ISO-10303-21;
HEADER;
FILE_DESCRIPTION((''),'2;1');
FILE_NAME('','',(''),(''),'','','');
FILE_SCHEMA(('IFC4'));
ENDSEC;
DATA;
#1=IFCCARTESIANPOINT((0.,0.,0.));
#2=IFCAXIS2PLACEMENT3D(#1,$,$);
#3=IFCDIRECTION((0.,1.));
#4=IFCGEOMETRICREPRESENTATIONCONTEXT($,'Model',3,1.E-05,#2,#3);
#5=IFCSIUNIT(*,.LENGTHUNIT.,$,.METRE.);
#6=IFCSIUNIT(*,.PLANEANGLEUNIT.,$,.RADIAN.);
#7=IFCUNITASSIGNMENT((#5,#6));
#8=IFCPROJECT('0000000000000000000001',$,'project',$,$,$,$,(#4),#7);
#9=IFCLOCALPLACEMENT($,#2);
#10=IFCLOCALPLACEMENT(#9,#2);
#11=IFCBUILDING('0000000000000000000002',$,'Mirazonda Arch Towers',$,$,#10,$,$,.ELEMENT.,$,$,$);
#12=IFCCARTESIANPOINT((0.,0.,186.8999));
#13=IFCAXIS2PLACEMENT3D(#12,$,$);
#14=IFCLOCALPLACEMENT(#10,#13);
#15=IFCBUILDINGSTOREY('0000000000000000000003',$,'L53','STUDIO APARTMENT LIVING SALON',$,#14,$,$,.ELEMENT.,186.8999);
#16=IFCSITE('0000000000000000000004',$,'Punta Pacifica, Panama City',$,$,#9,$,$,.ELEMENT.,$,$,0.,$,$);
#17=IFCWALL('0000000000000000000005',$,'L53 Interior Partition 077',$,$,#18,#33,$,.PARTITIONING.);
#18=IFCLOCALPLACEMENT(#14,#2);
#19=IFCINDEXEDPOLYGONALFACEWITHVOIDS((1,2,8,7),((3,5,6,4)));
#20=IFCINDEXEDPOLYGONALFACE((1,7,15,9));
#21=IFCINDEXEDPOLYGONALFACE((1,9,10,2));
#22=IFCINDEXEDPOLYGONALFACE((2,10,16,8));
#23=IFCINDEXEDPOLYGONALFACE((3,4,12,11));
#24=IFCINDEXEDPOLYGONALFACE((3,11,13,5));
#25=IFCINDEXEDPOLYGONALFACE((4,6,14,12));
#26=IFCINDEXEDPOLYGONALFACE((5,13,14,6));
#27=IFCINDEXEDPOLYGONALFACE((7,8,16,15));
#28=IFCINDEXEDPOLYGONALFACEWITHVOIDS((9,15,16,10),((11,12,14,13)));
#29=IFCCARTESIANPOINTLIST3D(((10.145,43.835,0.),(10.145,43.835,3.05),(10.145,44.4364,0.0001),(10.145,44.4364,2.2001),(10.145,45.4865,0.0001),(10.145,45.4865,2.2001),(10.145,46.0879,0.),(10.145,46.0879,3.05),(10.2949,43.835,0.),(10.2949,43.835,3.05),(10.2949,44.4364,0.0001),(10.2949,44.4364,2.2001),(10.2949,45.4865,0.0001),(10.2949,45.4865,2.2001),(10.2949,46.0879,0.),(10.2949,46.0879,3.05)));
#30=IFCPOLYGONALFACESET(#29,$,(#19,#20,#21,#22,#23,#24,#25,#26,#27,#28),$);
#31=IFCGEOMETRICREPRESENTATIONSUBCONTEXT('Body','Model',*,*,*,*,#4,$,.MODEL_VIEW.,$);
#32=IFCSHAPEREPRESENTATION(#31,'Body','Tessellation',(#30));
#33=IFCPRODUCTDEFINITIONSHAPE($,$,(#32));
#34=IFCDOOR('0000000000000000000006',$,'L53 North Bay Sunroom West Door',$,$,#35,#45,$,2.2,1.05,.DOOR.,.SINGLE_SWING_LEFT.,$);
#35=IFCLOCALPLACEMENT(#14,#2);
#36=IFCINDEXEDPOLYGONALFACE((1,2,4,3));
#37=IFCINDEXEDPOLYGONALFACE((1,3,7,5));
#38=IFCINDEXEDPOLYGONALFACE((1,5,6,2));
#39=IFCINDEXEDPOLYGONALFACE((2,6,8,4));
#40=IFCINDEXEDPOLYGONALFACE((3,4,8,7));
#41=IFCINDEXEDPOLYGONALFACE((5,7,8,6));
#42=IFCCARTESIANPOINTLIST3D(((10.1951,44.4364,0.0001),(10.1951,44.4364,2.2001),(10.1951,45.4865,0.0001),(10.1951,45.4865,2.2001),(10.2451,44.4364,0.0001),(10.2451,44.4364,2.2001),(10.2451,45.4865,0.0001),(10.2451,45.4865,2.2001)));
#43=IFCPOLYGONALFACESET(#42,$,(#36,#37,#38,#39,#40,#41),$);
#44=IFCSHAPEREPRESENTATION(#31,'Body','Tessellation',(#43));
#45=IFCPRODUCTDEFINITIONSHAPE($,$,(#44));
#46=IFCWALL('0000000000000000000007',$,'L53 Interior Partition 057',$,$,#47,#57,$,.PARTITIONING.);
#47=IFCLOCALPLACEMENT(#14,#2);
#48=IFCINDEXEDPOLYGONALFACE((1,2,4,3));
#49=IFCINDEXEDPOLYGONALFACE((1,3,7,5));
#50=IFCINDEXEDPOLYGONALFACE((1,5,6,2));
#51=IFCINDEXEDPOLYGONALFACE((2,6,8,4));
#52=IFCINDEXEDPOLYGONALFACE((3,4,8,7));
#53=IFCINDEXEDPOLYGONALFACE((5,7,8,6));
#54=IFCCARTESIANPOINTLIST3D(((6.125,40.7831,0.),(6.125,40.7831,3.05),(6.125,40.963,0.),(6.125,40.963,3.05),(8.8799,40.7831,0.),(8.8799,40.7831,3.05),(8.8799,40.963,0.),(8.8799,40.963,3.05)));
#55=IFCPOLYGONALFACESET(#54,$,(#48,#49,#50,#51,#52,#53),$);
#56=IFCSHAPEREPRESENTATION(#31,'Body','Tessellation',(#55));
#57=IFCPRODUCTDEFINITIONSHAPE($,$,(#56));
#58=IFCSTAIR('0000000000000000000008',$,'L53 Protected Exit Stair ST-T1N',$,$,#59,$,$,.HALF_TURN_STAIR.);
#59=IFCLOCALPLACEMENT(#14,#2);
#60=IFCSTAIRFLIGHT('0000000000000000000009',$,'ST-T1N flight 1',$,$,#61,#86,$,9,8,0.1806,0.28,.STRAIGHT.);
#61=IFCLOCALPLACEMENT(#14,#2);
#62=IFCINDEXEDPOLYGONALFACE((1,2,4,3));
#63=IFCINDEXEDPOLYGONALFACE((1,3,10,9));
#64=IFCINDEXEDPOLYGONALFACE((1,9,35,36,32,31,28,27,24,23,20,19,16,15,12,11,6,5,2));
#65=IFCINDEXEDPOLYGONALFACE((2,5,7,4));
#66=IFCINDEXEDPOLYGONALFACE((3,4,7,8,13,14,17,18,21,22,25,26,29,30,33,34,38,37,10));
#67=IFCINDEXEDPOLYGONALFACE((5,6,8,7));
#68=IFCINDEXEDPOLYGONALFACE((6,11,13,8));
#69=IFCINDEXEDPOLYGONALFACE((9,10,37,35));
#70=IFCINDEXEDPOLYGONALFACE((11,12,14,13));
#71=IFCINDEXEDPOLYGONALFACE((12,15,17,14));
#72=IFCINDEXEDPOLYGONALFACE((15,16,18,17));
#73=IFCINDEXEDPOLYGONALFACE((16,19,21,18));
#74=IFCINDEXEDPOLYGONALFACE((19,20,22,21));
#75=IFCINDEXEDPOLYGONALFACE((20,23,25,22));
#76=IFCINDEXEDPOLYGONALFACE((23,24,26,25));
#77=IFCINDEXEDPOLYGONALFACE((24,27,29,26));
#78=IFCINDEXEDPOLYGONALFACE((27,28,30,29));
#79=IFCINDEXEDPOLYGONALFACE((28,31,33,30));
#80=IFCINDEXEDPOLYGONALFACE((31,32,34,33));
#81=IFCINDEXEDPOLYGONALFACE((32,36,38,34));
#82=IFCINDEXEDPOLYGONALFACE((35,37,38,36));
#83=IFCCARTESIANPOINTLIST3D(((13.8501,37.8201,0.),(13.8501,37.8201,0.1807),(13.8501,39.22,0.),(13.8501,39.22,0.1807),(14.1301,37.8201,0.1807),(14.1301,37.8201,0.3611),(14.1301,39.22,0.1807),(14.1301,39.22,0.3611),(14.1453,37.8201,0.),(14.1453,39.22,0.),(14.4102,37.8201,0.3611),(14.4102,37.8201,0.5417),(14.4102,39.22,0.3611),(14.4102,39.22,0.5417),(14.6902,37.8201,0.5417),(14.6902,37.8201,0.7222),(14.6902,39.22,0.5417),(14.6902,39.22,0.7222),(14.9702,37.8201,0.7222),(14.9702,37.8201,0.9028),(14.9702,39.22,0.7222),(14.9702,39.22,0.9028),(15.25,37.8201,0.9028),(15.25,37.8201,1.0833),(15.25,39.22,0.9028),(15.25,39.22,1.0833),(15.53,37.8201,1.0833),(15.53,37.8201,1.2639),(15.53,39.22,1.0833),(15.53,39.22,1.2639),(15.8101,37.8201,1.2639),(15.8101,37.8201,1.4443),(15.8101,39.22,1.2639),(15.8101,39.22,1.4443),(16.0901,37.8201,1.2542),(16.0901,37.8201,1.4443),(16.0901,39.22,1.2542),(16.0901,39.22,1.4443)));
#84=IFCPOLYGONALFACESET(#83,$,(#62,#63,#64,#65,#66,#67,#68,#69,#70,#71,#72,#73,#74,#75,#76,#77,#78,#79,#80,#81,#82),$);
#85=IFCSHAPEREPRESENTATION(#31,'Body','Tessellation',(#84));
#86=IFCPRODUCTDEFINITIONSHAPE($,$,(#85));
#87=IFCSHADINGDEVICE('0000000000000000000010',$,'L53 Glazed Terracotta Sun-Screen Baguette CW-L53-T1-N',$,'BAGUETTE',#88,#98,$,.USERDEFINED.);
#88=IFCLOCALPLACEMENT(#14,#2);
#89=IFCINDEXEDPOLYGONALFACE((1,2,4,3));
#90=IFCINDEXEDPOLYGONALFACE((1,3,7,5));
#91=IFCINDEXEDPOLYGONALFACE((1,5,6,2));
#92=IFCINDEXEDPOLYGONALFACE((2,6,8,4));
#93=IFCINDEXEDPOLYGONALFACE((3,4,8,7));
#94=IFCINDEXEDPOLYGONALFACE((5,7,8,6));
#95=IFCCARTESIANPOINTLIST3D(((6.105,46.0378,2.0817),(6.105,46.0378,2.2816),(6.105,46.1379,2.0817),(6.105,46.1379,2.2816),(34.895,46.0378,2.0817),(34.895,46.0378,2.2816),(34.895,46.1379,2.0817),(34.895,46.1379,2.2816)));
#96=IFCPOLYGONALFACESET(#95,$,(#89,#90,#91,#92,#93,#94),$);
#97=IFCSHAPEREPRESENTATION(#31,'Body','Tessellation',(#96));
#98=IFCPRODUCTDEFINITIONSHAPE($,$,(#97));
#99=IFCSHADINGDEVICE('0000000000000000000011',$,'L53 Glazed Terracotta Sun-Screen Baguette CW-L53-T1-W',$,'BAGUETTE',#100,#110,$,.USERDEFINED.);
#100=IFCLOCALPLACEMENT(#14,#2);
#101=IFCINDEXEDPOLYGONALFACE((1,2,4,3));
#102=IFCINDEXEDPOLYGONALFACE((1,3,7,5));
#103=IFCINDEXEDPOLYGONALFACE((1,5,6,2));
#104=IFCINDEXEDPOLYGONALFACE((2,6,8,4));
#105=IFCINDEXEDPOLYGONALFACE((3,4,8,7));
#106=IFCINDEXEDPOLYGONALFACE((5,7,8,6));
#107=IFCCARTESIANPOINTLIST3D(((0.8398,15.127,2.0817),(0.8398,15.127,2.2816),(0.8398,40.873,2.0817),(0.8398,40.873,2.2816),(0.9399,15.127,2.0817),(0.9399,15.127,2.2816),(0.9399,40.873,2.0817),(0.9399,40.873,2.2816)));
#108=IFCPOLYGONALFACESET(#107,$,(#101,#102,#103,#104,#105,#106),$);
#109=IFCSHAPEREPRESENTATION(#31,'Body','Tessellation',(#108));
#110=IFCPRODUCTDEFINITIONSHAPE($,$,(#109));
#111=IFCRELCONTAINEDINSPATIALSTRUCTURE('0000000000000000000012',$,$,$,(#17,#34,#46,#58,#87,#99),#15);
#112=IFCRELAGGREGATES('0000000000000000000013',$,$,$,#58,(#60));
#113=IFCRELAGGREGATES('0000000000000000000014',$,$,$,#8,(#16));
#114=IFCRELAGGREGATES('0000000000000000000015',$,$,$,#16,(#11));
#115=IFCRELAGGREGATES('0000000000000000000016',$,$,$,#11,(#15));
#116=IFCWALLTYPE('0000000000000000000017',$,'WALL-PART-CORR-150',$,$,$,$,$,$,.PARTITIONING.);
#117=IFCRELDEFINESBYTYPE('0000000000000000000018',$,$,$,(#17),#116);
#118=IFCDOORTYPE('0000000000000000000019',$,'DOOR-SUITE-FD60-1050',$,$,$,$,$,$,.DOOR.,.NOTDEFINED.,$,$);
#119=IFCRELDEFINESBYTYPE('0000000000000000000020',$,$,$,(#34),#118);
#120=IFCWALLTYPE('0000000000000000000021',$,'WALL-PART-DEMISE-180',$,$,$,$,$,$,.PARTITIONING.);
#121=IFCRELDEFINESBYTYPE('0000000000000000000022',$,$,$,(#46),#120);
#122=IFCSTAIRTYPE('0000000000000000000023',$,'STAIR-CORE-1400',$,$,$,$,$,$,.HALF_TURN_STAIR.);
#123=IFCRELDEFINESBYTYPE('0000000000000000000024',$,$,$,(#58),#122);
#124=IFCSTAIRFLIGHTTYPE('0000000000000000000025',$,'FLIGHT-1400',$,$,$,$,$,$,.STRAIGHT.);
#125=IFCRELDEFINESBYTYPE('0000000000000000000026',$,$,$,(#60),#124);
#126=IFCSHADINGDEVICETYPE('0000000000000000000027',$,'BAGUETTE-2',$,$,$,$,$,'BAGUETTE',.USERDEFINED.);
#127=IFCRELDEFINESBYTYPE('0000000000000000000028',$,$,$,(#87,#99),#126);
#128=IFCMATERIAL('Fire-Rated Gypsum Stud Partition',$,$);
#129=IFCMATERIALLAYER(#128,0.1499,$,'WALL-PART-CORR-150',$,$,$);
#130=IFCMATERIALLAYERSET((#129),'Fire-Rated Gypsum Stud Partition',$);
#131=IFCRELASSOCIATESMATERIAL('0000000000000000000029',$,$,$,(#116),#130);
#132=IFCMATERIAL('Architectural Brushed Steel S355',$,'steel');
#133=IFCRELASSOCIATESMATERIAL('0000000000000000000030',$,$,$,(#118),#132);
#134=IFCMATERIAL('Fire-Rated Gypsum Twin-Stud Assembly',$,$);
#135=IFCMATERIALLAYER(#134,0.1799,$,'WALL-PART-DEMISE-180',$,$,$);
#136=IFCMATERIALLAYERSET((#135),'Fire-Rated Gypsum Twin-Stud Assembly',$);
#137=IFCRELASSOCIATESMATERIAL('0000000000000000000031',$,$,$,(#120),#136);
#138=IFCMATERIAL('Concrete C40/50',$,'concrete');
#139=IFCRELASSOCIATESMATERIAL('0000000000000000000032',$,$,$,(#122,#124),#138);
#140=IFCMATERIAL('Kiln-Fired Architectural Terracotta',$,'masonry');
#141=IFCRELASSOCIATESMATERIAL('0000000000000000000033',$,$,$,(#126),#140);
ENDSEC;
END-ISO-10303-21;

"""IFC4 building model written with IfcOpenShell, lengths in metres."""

from ifc_helpers import new_model, si_unit, direction, frame, frame_2d, origin, origin_2d, place, context, subcontext, project, spatial, polyline, rectangle, outline, extrude, material, layer, layer_set, material_profile, profile_set, type_object, element, fill, aggregate, save


model = new_model("IFC4")

# Units and contexts
model_context = context("Model", 3, precision=1e-05, world=origin(), true_north=direction((0.0, 1.0)))
body_context = subcontext(model_context, "Body", "Model", "MODEL_VIEW")
ifc_project = project(units=[si_unit("LENGTHUNIT", "METRE"), si_unit("PLANEANGLEUNIT", "RADIAN")], contexts=[model_context])

# Site, building, storey
site_placement = place(None, origin())
site = spatial("IfcSite", under=ifc_project, at=site_placement, Name="Punta Pacifica, Panama City", CompositionType="ELEMENT", RefElevation=0.0)
building_placement = place(site_placement, origin())
building = spatial("IfcBuilding", under=site, at=building_placement, Name="Mirazonda Arch Towers", CompositionType="ELEMENT")
storey_placement = place(building_placement, frame((0.0, 0.0, 186.8999)))
storey = spatial("IfcBuildingStorey", under=building, at=storey_placement, Name="L53", Description="STUDIO APARTMENT LIVING SALON", CompositionType="ELEMENT", Elevation=186.8999)

# Shared definitions
ifc_material_1 = material(Name="Fire-Rated Gypsum Stud Partition")
ifc_layer_1 = layer(ifc_material_1, 0.1499, Name="WALL-PART-CORR-150")
ifc_layer_set_1 = layer_set([ifc_layer_1], Name="Fire-Rated Gypsum Stud Partition")
wall_type_1 = type_object("IfcWallType", Name="WALL-PART-CORR-150", PredefinedType="PARTITIONING", material=ifc_layer_set_1)

# Wall, opening, door
wall_1_placement = place(storey_placement, frame((10.22, 43.835, 0.0), z_axis=(0.0, 0.0, 1.0), x_axis=(0.0, 1.0, 0.0)))
wall_1 = element("IfcWall", 1, at=wall_1_placement, inside=storey, type_object=wall_type_1, Name="L53 Interior Partition 077", PredefinedType="PARTITIONING", context=body_context, shape_type="SweptSolid", body=[
    extrude(rectangle(XDim=2.2529, YDim=0.1499, at=frame_2d((1.1265, 0.0))), origin(), (0.0, 0.0, 1.0), 3.05),
])
opening_1_placement = place(wall_1_placement, frame((0.6016, 0.0, 0.0)))
opening_1 = element("IfcOpeningElement", 2, at=opening_1_placement, cuts=wall_1, PredefinedType="OPENING", context=body_context, shape_type="SweptSolid", body=[
    extrude(rectangle(XDim=1.05, YDim=2.2, at=frame_2d((0.5249, 1.1001))), frame((0.0, 0.085, 0.0), z_axis=(0.0, -1.0, 0.0), x_axis=(1.0, 0.0, 0.0)), (0.0, 0.0, 1.0), 0.1699),
])
ifc_material_2 = material(Name="Architectural Brushed Steel S355", Category="steel")
door_type_1 = type_object("IfcDoorType", Name="DOOR-SUITE-FD60-1050", OperationType="NOTDEFINED", PredefinedType="DOOR", material=ifc_material_2)
door_1_placement = place(opening_1_placement, origin())
door_1 = element("IfcDoor", 3, at=door_1_placement, inside=storey, type_object=door_type_1, Name="L53 North Bay Sunroom West Door", OperationType="SINGLE_SWING_LEFT", OverallHeight=2.2, OverallWidth=1.05, PredefinedType="DOOR", context=body_context, shape_type="SweptSolid", body=[
    extrude(rectangle(XDim=1.05, YDim=2.2, at=frame_2d((0.5249, 1.1001))), frame((0.0, 0.0249, 0.0), z_axis=(0.0, -1.0, 0.0), x_axis=(1.0, 0.0, 0.0)), (0.0, 0.0, 1.0), 0.05),
])
fill(opening_1, door_1)

# Wall
ifc_material_3 = material(Name="Fire-Rated Gypsum Twin-Stud Assembly")
ifc_layer_2 = layer(ifc_material_3, 0.1799, Name="WALL-PART-DEMISE-180")
ifc_layer_set_2 = layer_set([ifc_layer_2], Name="Fire-Rated Gypsum Twin-Stud Assembly")
wall_type_2 = type_object("IfcWallType", Name="WALL-PART-DEMISE-180", PredefinedType="PARTITIONING", material=ifc_layer_set_2)
wall_2_placement = place(storey_placement, frame((6.125, 40.873, 0.0), z_axis=(0.0, 0.0, 1.0), x_axis=(1.0, 0.0, 0.0)))
element("IfcWall", 4, at=wall_2_placement, inside=storey, type_object=wall_type_2, Name="L53 Interior Partition 057", PredefinedType="PARTITIONING", context=body_context, shape_type="SweptSolid", body=[
    extrude(rectangle(XDim=2.7549, YDim=0.1799, at=frame_2d((1.3774, 0.0))), origin(), (0.0, 0.0, 1.0), 3.05),
])

# Stair, stair flight
ifc_material_4 = material(Name="Concrete C40/50", Category="concrete")
stair_type = type_object("IfcStairType", Name="STAIR-CORE-1400", PredefinedType="HALF_TURN_STAIR", material=ifc_material_4)
stair_placement = place(storey_placement, origin())
stair = element("IfcStair", 5, at=stair_placement, inside=storey, type_object=stair_type, Name="L53 Protected Exit Stair ST-T1N", PredefinedType="HALF_TURN_STAIR")
stair_flight_type = type_object("IfcStairFlightType", Name="FLIGHT-1400", PredefinedType="STRAIGHT", material=ifc_material_4)
stair_flight_placement = place(storey_placement, frame((13.8501, 38.52, 0.0), z_axis=(0.0, 0.0, 1.0), x_axis=(1.0, 0.0, 0.0)))
stair_flight = element("IfcStairFlight", 6, at=stair_flight_placement, type_object=stair_flight_type, Name="ST-T1N flight 1", NumberOfRisers=9, NumberOfTreads=8, PredefinedType="STRAIGHT", RiserHeight=0.1806, TreadLength=0.28, context=body_context, shape_type="SweptSolid", body=[
    extrude(outline(polyline([(0.0, 0.0), (0.0, 0.1807), (0.28, 0.1807), (0.28, 0.3611), (0.5601, 0.3611), (0.5601, 0.5417), (0.8401, 0.5417), (0.8401, 0.7222), (1.1201, 0.7222), (1.1201, 0.9028), (1.3999, 0.9028), (1.3999, 1.0833), (1.6799, 1.0833), (1.6799, 1.2639), (1.96, 1.2639), (1.96, 1.4443), (2.24, 1.4443), (2.24, 1.625), (2.24, 1.2542), (0.2952, 0.0), (0.0, 0.0)])), frame((0.0, 0.7, 0.0), z_axis=(0.0, -1.0, 0.0), x_axis=(1.0, 0.0, 0.0)), (0.0, 0.0, 1.0), 1.3999),
])
aggregate(stair, [stair_flight])

# Shading devices
ifc_material_5 = material(Name="Kiln-Fired Architectural Terracotta", Category="masonry")
ifc_material_profile_1 = material_profile(ifc_material_5, rectangle(XDim=0.1001, YDim=0.2, at=origin_2d()), Name="TERRA-BAG-100x200")
ifc_profile_set_1 = profile_set([ifc_material_profile_1], Name="Kiln-Fired Architectural Terracotta")
shading_device_type = type_object("IfcShadingDeviceType", Name="BAGUETTE-2", ElementType="BAGUETTE", PredefinedType="USERDEFINED", material=ifc_profile_set_1)
shading_device_1_placement = place(storey_placement, frame((6.105, 46.0879, 2.1816), z_axis=(1.0, 0.0, 0.0), x_axis=(0.0, 1.0, 0.0)))
element("IfcShadingDevice", 7, at=shading_device_1_placement, inside=storey, type_object=shading_device_type, Name="L53 Glazed Terracotta Sun-Screen Baguette CW-L53-T1-N", ObjectType="BAGUETTE", PredefinedType="USERDEFINED", context=body_context, shape_type="SweptSolid", body=[
    extrude(rectangle(XDim=0.1001, YDim=0.2, at=origin_2d()), origin(), (0.0, 0.0, 1.0), 28.79),
])
shading_device_2_placement = place(storey_placement, frame((0.8899, 40.873, 2.1816), z_axis=(0.0, -1.0, 0.0), x_axis=(1.0, 0.0, 0.0)))
element("IfcShadingDevice", 8, at=shading_device_2_placement, inside=storey, type_object=shading_device_type, Name="L53 Glazed Terracotta Sun-Screen Baguette CW-L53-T1-W", ObjectType="BAGUETTE", PredefinedType="USERDEFINED", context=body_context, shape_type="SweptSolid", body=[
    extrude(rectangle(XDim=0.1001, YDim=0.2, at=origin_2d()), origin(), (0.0, 0.0, 1.0), 25.7461),
])

save(model, "model.ifc")
